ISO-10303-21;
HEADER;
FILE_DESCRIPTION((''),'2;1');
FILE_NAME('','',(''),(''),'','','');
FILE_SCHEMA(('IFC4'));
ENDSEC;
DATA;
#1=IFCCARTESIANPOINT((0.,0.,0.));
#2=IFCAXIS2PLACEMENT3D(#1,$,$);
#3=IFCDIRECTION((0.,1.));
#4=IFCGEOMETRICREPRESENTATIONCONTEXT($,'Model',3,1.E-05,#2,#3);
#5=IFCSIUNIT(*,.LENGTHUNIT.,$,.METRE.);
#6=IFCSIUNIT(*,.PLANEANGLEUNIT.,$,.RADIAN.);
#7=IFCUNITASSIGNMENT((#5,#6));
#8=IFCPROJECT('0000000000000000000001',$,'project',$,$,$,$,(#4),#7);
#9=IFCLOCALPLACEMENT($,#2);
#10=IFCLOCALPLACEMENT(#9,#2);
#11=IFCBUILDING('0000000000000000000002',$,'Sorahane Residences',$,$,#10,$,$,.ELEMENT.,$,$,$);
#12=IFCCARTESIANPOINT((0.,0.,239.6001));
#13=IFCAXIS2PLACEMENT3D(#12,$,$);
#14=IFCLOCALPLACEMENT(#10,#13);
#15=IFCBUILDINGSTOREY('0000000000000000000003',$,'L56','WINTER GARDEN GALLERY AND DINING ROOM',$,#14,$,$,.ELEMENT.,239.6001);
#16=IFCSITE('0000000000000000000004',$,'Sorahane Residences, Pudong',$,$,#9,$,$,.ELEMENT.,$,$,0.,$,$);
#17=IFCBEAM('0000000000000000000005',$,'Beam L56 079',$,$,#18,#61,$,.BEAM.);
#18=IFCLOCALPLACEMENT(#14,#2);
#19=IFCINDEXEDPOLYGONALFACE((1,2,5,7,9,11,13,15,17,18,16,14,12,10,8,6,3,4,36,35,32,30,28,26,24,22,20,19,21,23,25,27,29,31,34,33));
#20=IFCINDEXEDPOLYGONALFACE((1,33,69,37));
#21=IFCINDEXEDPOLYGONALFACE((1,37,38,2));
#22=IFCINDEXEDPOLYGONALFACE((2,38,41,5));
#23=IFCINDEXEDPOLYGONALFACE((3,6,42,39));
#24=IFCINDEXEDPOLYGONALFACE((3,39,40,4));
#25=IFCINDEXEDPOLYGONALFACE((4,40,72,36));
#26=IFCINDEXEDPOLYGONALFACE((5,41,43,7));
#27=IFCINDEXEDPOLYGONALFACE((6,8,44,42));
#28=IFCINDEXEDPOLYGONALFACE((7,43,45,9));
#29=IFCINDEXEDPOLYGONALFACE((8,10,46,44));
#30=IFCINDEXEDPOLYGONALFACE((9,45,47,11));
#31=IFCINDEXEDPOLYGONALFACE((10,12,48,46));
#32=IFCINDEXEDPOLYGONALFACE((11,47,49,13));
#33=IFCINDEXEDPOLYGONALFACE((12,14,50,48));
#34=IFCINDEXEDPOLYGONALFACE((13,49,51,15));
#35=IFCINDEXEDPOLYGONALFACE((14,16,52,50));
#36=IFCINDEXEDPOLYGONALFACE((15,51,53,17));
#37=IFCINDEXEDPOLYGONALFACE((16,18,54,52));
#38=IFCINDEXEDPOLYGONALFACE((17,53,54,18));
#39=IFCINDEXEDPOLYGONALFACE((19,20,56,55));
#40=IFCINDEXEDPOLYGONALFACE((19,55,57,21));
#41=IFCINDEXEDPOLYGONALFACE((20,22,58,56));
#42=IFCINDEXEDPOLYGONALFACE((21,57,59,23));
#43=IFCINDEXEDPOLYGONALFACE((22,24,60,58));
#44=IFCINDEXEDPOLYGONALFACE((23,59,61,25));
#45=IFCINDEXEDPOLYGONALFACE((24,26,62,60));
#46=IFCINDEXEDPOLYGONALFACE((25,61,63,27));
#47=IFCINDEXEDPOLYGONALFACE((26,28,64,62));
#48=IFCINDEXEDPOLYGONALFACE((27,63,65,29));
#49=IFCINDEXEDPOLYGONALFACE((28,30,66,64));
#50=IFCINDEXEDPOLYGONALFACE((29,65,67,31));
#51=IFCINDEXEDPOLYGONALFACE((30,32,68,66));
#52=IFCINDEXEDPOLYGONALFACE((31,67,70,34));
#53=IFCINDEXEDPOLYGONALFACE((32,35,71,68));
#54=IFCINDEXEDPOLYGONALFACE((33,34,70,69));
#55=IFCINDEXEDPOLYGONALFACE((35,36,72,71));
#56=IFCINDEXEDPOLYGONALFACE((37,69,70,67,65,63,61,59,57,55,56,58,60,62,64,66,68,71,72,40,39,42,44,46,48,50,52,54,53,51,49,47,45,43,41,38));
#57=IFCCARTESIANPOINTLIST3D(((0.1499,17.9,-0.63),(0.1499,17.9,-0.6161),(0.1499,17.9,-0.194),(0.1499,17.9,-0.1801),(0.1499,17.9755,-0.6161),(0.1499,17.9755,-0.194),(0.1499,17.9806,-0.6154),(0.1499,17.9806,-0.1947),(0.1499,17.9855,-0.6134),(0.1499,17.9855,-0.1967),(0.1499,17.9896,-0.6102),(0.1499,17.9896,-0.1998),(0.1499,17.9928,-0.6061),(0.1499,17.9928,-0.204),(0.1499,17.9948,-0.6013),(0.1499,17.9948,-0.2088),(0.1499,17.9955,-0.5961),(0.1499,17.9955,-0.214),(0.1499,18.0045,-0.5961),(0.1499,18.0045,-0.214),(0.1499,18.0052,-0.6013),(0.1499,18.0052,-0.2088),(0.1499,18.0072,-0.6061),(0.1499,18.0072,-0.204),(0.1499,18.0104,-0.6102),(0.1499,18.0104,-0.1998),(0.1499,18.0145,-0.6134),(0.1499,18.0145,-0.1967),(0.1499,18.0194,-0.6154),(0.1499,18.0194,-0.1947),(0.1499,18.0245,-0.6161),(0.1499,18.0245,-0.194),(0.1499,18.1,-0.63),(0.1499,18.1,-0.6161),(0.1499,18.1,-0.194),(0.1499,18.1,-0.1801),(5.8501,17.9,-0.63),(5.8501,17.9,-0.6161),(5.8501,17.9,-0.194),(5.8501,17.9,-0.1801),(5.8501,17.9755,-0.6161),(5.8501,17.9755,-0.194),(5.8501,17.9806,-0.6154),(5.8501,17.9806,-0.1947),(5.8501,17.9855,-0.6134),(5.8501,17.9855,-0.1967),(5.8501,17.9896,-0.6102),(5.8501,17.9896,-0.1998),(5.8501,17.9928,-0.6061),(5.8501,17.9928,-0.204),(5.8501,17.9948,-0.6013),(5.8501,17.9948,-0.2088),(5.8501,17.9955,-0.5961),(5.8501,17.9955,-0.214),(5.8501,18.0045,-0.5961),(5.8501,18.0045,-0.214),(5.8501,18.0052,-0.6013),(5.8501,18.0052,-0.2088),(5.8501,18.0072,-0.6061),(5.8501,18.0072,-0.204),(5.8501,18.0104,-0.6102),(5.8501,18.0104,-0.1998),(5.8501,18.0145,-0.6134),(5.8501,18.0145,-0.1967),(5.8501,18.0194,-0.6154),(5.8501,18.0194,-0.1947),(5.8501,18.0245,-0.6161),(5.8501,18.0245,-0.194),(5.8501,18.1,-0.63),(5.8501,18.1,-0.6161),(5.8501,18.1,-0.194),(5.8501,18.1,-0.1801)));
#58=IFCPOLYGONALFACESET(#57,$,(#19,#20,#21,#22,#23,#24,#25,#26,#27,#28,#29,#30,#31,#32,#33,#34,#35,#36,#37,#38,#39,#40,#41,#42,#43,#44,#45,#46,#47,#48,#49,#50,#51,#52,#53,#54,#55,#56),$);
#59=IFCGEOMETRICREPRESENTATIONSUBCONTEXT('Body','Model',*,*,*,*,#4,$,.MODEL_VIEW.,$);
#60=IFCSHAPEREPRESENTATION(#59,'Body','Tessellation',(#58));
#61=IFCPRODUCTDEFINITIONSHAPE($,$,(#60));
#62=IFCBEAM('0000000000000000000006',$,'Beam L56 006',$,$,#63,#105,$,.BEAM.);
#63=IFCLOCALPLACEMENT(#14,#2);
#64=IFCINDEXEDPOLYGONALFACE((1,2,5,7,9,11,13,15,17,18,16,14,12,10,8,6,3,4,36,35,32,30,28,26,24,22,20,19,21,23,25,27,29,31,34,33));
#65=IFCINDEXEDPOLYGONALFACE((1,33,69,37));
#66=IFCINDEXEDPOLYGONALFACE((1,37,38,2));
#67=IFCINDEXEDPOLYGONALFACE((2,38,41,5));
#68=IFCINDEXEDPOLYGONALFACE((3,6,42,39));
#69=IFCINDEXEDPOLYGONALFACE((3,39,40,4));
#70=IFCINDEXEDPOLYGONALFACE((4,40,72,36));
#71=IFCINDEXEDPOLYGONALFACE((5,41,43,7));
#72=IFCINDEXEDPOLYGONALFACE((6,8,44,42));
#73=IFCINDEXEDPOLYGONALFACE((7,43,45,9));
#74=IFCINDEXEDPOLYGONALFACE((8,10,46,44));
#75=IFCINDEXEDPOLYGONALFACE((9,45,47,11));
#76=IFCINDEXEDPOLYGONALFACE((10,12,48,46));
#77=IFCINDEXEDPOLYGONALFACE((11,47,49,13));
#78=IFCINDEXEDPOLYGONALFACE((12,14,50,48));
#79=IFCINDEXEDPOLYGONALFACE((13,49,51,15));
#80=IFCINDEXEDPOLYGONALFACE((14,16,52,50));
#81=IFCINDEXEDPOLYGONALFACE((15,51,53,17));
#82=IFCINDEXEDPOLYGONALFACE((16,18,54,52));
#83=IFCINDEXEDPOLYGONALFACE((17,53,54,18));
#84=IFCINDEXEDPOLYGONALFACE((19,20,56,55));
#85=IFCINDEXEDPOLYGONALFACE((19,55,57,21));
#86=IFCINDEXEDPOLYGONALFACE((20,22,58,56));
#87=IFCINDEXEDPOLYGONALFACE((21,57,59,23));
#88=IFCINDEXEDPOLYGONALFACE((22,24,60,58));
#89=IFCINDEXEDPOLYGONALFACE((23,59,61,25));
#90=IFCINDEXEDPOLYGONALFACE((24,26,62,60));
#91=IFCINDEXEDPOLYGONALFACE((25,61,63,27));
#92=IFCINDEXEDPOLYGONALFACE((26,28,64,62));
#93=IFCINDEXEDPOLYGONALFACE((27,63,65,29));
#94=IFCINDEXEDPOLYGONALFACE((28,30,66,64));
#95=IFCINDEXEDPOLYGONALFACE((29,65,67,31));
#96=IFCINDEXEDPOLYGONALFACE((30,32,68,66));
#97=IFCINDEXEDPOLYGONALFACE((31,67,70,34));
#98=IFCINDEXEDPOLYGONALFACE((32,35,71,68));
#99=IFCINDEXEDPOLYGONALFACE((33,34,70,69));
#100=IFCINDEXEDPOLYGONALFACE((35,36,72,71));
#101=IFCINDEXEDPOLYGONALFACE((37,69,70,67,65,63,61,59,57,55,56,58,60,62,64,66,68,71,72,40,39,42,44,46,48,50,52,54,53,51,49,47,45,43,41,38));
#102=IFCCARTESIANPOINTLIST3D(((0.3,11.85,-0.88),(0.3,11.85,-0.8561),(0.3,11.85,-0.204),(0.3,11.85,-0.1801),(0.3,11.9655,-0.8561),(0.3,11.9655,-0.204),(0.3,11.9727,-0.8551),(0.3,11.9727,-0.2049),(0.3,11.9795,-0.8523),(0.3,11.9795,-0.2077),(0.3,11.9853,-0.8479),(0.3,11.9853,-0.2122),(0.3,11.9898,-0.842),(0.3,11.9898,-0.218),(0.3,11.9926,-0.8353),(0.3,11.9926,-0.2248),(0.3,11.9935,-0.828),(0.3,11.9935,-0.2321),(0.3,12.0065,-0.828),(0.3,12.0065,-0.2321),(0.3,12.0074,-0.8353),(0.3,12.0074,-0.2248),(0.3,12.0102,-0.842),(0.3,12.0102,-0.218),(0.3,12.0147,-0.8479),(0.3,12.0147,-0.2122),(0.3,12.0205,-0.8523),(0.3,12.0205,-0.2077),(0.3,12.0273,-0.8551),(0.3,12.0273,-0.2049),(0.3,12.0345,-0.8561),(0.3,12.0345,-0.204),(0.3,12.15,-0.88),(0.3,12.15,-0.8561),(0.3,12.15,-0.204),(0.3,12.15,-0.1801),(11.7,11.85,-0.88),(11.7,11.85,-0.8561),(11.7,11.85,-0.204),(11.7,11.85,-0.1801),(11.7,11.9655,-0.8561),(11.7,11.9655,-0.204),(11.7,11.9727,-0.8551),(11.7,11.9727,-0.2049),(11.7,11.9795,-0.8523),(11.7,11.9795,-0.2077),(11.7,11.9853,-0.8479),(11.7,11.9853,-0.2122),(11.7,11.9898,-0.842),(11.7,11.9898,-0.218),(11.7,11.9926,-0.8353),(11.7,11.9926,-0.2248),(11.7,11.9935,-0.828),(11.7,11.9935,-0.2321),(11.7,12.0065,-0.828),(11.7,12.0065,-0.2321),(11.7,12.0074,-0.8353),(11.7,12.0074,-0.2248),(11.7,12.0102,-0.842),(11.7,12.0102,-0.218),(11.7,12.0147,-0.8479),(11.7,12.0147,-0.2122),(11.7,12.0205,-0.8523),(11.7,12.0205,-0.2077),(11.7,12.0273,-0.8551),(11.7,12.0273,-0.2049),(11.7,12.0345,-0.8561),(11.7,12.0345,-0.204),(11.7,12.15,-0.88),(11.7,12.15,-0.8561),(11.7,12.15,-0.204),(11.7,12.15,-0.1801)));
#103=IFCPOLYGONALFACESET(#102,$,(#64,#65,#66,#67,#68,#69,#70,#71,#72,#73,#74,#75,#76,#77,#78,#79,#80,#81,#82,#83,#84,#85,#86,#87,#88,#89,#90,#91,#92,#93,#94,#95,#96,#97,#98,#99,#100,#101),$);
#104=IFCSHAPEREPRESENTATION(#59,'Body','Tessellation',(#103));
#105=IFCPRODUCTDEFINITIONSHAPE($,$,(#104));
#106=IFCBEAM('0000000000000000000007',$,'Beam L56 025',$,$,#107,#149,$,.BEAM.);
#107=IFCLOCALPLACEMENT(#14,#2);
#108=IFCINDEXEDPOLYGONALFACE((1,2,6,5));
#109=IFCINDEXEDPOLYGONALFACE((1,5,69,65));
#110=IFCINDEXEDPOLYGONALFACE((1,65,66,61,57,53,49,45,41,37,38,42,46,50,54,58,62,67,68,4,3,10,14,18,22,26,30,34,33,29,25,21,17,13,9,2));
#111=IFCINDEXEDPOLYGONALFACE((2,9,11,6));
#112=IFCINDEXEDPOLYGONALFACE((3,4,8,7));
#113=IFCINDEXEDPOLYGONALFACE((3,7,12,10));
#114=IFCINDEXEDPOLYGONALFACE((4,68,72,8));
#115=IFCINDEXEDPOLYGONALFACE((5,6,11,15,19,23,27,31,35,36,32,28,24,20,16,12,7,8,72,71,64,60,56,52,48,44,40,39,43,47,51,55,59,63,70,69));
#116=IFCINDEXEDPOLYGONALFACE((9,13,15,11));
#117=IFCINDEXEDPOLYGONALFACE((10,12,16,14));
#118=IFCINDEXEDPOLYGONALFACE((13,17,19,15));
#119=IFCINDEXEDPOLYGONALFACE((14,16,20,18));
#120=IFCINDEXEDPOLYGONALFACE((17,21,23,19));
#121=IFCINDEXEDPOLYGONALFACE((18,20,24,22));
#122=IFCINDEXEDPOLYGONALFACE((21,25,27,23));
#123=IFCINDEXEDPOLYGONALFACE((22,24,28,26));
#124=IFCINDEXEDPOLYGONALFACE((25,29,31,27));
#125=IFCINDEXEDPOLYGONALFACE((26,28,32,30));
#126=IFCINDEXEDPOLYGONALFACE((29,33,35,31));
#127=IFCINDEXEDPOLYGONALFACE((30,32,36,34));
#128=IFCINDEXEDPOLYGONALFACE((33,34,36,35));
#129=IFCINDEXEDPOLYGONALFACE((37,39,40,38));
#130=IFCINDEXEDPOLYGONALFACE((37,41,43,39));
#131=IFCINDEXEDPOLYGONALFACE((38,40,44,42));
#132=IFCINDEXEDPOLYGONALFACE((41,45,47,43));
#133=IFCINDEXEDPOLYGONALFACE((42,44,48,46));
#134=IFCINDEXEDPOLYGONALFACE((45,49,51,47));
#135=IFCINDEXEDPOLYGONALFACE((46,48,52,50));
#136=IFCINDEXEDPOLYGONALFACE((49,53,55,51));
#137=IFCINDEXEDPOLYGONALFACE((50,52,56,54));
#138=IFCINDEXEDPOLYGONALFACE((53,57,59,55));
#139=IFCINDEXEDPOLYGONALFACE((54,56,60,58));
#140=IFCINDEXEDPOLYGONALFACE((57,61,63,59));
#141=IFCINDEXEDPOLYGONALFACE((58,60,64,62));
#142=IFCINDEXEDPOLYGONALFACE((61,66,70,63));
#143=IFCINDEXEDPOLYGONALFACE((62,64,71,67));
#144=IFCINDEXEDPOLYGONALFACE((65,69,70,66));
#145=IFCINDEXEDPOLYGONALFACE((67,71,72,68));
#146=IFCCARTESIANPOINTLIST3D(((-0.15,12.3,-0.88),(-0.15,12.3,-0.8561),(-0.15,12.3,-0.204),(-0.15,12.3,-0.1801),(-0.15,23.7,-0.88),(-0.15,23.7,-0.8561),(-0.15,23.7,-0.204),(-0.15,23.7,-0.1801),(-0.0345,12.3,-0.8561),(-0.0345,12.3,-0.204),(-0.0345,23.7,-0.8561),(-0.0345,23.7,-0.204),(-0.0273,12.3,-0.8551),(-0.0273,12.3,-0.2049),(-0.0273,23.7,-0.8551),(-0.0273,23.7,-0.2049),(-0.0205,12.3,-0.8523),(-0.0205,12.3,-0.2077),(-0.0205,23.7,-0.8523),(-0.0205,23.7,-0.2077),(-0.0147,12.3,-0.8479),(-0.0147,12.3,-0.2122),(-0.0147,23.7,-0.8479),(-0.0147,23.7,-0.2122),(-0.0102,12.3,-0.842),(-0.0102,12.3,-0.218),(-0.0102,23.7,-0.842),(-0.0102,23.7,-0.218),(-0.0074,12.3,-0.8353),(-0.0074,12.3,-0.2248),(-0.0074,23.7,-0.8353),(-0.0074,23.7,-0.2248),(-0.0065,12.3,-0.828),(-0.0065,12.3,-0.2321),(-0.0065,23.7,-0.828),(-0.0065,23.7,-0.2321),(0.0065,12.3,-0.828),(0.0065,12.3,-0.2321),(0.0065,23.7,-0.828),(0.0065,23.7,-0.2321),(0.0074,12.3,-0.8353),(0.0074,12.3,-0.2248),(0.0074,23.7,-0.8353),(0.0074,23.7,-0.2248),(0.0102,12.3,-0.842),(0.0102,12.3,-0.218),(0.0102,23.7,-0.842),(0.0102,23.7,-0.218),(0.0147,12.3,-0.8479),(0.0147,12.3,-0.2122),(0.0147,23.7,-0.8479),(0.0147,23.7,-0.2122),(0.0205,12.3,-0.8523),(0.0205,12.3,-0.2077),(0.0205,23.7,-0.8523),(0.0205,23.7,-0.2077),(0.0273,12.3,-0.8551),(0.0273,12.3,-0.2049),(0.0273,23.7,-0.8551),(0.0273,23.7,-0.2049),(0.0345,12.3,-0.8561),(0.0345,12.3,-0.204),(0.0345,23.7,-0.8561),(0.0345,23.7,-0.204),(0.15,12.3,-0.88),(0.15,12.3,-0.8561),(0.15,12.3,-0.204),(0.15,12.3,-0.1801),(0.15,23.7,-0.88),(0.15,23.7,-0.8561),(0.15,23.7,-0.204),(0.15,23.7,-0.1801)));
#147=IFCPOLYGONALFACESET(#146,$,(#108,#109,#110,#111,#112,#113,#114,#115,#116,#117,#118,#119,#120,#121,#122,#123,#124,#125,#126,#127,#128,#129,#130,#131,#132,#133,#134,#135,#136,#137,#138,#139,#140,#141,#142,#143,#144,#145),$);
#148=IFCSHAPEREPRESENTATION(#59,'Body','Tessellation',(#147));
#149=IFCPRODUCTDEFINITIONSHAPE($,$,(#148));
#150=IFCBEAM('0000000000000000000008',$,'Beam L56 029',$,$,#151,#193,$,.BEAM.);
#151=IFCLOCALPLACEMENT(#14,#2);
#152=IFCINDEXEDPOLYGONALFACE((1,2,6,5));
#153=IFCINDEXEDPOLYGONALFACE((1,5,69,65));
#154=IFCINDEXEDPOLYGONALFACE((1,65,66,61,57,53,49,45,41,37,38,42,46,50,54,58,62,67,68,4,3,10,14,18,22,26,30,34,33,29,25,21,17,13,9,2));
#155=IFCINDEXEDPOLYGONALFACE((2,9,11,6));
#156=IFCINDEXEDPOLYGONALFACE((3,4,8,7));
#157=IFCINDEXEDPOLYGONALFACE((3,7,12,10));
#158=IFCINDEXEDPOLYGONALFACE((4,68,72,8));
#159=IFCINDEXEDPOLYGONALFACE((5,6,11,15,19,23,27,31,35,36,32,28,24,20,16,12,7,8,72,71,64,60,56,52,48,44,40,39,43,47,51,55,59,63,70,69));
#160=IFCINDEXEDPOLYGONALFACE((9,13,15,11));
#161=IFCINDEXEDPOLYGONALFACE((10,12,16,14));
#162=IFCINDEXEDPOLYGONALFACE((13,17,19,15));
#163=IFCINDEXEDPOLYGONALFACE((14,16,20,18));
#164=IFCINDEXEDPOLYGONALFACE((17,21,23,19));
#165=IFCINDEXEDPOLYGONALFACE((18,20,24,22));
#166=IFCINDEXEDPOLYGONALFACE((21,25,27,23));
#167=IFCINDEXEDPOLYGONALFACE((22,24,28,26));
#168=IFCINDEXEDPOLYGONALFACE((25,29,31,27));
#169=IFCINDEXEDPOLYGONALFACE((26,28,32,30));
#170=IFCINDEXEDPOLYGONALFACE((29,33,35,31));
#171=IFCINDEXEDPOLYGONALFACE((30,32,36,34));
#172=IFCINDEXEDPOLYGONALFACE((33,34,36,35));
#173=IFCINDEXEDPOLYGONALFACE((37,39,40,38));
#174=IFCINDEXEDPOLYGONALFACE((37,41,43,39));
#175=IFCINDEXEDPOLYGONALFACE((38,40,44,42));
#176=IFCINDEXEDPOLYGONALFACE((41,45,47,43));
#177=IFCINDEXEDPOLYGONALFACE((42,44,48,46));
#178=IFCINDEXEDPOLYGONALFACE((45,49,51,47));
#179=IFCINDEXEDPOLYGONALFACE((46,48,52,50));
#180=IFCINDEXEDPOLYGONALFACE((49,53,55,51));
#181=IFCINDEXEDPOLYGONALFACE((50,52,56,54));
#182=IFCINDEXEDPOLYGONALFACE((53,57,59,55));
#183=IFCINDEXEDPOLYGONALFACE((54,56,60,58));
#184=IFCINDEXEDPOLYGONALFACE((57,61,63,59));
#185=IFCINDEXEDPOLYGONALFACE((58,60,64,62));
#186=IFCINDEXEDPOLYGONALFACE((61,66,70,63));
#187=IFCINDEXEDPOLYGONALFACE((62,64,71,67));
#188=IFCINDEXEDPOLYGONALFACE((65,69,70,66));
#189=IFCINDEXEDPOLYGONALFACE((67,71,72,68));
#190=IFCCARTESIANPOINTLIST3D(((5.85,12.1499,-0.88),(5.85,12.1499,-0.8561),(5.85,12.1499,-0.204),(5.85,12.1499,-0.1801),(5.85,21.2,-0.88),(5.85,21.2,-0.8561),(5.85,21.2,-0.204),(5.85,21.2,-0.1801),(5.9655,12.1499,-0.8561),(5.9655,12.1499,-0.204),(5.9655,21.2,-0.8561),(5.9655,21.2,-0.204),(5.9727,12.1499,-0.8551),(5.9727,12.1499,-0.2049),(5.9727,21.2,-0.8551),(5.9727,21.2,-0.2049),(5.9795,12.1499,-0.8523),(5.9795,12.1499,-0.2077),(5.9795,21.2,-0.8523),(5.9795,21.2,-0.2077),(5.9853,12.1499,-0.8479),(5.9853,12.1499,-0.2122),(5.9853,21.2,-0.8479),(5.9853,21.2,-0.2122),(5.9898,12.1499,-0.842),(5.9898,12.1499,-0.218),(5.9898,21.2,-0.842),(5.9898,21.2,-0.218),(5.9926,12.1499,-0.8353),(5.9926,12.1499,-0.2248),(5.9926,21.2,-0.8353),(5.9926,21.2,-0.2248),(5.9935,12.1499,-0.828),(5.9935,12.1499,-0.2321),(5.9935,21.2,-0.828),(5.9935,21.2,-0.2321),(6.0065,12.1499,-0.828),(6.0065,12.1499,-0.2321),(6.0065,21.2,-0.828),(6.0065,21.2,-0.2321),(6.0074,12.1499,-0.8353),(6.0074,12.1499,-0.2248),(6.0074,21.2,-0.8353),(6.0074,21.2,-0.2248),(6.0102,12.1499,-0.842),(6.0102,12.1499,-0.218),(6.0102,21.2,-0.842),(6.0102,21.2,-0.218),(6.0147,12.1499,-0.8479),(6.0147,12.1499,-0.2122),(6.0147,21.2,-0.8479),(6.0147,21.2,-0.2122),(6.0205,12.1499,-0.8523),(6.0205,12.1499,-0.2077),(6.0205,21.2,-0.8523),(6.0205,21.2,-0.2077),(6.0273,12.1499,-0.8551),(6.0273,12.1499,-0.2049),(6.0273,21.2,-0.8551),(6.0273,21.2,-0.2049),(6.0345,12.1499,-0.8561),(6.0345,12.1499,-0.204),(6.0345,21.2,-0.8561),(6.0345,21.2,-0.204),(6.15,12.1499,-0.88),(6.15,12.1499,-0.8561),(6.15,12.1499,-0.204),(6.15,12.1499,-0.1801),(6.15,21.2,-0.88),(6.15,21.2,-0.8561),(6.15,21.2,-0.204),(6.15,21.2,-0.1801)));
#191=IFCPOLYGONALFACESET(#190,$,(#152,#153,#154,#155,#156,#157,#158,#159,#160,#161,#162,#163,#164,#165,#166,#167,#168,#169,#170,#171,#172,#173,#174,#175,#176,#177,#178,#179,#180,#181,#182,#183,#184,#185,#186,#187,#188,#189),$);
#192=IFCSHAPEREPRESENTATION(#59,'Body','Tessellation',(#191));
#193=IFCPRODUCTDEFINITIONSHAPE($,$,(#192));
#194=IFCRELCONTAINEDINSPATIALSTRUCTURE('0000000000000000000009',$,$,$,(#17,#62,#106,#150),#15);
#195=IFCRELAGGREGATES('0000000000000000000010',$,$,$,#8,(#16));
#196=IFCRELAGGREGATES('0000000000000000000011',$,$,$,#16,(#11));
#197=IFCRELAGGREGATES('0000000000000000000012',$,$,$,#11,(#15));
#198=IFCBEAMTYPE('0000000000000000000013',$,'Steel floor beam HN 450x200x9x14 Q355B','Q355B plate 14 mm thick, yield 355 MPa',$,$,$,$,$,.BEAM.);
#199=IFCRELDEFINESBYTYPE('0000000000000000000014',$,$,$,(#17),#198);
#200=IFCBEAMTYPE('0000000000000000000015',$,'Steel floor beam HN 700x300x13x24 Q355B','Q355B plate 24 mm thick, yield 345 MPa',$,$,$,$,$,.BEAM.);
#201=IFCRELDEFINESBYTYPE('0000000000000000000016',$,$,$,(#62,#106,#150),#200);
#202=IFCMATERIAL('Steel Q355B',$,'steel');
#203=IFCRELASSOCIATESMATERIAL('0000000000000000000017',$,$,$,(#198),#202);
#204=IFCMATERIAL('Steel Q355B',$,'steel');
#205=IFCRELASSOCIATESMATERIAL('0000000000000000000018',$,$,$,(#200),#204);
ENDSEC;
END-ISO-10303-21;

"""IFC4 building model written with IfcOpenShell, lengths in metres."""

from ifc_helpers import new_model, si_unit, direction, frame, origin, origin_2d, place, context, subcontext, project, spatial, i_section, extrude, material, material_profile, profile_set, type_object, element, save


model = new_model("IFC4")

# Units and contexts
model_context = context("Model", 3, precision=1e-05, world=origin(), true_north=direction((0.0, 1.0)))
body_context = subcontext(model_context, "Body", "Model", "MODEL_VIEW")
ifc_project = project(units=[si_unit("LENGTHUNIT", "METRE"), si_unit("PLANEANGLEUNIT", "RADIAN")], contexts=[model_context])

# Site, building, storey
site_placement = place(None, origin())
site = spatial("IfcSite", under=ifc_project, at=site_placement, Name="Sorahane Residences, Pudong", CompositionType="ELEMENT", RefElevation=0.0)
building_placement = place(site_placement, origin())
building = spatial("IfcBuilding", under=site, at=building_placement, Name="Sorahane Residences", CompositionType="ELEMENT")
storey_placement = place(building_placement, frame((0.0, 0.0, 239.6001)))
storey = spatial("IfcBuildingStorey", under=building, at=storey_placement, Name="L56", Description="WINTER GARDEN GALLERY AND DINING ROOM", CompositionType="ELEMENT", Elevation=239.6001)

# Beams
ifc_material_1 = material(Name="Steel Q355B", Category="steel")
ifc_material_profile_1 = material_profile(ifc_material_1, i_section(OverallWidth=0.2, OverallDepth=0.45, WebThickness=0.009, FlangeThickness=0.0139, FilletRadius=0.02, at=origin_2d()), Name="HN 450x200x9x14")
ifc_profile_set_1 = profile_set([ifc_material_profile_1], Name="Steel Q355B")
beam_type_1 = type_object("IfcBeamType", Name="Steel floor beam HN 450x200x9x14 Q355B", Description="Q355B plate 14 mm thick, yield 355 MPa", PredefinedType="BEAM", material=ifc_profile_set_1)
beam_1_placement = place(storey_placement, frame((0.1499, 18.0, -0.405), z_axis=(1.0, 0.0, 0.0), x_axis=(0.0, 1.0, 0.0)))
element("IfcBeam", 1, at=beam_1_placement, inside=storey, type_object=beam_type_1, Name="Beam L56 079", PredefinedType="BEAM", context=body_context, shape_type="SweptSolid", body=[
    extrude(i_section(OverallWidth=0.2, OverallDepth=0.45, WebThickness=0.009, FlangeThickness=0.0139, FilletRadius=0.02, at=origin_2d()), origin(), (0.0, 0.0, 1.0), 5.7002),
])
ifc_material_2 = material(Name="Steel Q355B", Category="steel")
ifc_material_profile_2 = material_profile(ifc_material_2, i_section(OverallWidth=0.3, OverallDepth=0.7, WebThickness=0.0129, FlangeThickness=0.0239, FilletRadius=0.0281, at=origin_2d()), Name="HN 700x300x13x24")
ifc_profile_set_2 = profile_set([ifc_material_profile_2], Name="Steel Q355B")
beam_type_2 = type_object("IfcBeamType", Name="Steel floor beam HN 700x300x13x24 Q355B", Description="Q355B plate 24 mm thick, yield 345 MPa", PredefinedType="BEAM", material=ifc_profile_set_2)
for number, where, z_axis, x_axis, name in (
    (2, (0.3, 12.0, -0.53), (1.0, 0.0, 0.0), (0.0, 1.0, 0.0), "Beam L56 006"),
    (3, (0.0, 12.3, -0.53), (0.0, 1.0, 0.0), (-1.0, 0.0, 0.0), "Beam L56 025"),
):
    element("IfcBeam", number, at=place(storey_placement, frame(where, z_axis=z_axis, x_axis=x_axis)), inside=storey, type_object=beam_type_2, Name=name, PredefinedType="BEAM", context=body_context, shape_type="SweptSolid", body=[
        extrude(i_section(OverallWidth=0.3, OverallDepth=0.7, WebThickness=0.0129, FlangeThickness=0.0239, FilletRadius=0.0281, at=origin_2d()), origin(), (0.0, 0.0, 1.0), 11.3999),
    ])
beam_2_placement = place(storey_placement, frame((6.0, 12.1499, -0.53), z_axis=(0.0, 1.0, 0.0), x_axis=(-1.0, 0.0, 0.0)))
element("IfcBeam", 4, at=beam_2_placement, inside=storey, type_object=beam_type_2, Name="Beam L56 029", PredefinedType="BEAM", context=body_context, shape_type="SweptSolid", body=[
    extrude(i_section(OverallWidth=0.3, OverallDepth=0.7, WebThickness=0.0129, FlangeThickness=0.0239, FilletRadius=0.0281, at=origin_2d()), origin(), (0.0, 0.0, 1.0), 9.05),
])

save(model, "model.ifc")
